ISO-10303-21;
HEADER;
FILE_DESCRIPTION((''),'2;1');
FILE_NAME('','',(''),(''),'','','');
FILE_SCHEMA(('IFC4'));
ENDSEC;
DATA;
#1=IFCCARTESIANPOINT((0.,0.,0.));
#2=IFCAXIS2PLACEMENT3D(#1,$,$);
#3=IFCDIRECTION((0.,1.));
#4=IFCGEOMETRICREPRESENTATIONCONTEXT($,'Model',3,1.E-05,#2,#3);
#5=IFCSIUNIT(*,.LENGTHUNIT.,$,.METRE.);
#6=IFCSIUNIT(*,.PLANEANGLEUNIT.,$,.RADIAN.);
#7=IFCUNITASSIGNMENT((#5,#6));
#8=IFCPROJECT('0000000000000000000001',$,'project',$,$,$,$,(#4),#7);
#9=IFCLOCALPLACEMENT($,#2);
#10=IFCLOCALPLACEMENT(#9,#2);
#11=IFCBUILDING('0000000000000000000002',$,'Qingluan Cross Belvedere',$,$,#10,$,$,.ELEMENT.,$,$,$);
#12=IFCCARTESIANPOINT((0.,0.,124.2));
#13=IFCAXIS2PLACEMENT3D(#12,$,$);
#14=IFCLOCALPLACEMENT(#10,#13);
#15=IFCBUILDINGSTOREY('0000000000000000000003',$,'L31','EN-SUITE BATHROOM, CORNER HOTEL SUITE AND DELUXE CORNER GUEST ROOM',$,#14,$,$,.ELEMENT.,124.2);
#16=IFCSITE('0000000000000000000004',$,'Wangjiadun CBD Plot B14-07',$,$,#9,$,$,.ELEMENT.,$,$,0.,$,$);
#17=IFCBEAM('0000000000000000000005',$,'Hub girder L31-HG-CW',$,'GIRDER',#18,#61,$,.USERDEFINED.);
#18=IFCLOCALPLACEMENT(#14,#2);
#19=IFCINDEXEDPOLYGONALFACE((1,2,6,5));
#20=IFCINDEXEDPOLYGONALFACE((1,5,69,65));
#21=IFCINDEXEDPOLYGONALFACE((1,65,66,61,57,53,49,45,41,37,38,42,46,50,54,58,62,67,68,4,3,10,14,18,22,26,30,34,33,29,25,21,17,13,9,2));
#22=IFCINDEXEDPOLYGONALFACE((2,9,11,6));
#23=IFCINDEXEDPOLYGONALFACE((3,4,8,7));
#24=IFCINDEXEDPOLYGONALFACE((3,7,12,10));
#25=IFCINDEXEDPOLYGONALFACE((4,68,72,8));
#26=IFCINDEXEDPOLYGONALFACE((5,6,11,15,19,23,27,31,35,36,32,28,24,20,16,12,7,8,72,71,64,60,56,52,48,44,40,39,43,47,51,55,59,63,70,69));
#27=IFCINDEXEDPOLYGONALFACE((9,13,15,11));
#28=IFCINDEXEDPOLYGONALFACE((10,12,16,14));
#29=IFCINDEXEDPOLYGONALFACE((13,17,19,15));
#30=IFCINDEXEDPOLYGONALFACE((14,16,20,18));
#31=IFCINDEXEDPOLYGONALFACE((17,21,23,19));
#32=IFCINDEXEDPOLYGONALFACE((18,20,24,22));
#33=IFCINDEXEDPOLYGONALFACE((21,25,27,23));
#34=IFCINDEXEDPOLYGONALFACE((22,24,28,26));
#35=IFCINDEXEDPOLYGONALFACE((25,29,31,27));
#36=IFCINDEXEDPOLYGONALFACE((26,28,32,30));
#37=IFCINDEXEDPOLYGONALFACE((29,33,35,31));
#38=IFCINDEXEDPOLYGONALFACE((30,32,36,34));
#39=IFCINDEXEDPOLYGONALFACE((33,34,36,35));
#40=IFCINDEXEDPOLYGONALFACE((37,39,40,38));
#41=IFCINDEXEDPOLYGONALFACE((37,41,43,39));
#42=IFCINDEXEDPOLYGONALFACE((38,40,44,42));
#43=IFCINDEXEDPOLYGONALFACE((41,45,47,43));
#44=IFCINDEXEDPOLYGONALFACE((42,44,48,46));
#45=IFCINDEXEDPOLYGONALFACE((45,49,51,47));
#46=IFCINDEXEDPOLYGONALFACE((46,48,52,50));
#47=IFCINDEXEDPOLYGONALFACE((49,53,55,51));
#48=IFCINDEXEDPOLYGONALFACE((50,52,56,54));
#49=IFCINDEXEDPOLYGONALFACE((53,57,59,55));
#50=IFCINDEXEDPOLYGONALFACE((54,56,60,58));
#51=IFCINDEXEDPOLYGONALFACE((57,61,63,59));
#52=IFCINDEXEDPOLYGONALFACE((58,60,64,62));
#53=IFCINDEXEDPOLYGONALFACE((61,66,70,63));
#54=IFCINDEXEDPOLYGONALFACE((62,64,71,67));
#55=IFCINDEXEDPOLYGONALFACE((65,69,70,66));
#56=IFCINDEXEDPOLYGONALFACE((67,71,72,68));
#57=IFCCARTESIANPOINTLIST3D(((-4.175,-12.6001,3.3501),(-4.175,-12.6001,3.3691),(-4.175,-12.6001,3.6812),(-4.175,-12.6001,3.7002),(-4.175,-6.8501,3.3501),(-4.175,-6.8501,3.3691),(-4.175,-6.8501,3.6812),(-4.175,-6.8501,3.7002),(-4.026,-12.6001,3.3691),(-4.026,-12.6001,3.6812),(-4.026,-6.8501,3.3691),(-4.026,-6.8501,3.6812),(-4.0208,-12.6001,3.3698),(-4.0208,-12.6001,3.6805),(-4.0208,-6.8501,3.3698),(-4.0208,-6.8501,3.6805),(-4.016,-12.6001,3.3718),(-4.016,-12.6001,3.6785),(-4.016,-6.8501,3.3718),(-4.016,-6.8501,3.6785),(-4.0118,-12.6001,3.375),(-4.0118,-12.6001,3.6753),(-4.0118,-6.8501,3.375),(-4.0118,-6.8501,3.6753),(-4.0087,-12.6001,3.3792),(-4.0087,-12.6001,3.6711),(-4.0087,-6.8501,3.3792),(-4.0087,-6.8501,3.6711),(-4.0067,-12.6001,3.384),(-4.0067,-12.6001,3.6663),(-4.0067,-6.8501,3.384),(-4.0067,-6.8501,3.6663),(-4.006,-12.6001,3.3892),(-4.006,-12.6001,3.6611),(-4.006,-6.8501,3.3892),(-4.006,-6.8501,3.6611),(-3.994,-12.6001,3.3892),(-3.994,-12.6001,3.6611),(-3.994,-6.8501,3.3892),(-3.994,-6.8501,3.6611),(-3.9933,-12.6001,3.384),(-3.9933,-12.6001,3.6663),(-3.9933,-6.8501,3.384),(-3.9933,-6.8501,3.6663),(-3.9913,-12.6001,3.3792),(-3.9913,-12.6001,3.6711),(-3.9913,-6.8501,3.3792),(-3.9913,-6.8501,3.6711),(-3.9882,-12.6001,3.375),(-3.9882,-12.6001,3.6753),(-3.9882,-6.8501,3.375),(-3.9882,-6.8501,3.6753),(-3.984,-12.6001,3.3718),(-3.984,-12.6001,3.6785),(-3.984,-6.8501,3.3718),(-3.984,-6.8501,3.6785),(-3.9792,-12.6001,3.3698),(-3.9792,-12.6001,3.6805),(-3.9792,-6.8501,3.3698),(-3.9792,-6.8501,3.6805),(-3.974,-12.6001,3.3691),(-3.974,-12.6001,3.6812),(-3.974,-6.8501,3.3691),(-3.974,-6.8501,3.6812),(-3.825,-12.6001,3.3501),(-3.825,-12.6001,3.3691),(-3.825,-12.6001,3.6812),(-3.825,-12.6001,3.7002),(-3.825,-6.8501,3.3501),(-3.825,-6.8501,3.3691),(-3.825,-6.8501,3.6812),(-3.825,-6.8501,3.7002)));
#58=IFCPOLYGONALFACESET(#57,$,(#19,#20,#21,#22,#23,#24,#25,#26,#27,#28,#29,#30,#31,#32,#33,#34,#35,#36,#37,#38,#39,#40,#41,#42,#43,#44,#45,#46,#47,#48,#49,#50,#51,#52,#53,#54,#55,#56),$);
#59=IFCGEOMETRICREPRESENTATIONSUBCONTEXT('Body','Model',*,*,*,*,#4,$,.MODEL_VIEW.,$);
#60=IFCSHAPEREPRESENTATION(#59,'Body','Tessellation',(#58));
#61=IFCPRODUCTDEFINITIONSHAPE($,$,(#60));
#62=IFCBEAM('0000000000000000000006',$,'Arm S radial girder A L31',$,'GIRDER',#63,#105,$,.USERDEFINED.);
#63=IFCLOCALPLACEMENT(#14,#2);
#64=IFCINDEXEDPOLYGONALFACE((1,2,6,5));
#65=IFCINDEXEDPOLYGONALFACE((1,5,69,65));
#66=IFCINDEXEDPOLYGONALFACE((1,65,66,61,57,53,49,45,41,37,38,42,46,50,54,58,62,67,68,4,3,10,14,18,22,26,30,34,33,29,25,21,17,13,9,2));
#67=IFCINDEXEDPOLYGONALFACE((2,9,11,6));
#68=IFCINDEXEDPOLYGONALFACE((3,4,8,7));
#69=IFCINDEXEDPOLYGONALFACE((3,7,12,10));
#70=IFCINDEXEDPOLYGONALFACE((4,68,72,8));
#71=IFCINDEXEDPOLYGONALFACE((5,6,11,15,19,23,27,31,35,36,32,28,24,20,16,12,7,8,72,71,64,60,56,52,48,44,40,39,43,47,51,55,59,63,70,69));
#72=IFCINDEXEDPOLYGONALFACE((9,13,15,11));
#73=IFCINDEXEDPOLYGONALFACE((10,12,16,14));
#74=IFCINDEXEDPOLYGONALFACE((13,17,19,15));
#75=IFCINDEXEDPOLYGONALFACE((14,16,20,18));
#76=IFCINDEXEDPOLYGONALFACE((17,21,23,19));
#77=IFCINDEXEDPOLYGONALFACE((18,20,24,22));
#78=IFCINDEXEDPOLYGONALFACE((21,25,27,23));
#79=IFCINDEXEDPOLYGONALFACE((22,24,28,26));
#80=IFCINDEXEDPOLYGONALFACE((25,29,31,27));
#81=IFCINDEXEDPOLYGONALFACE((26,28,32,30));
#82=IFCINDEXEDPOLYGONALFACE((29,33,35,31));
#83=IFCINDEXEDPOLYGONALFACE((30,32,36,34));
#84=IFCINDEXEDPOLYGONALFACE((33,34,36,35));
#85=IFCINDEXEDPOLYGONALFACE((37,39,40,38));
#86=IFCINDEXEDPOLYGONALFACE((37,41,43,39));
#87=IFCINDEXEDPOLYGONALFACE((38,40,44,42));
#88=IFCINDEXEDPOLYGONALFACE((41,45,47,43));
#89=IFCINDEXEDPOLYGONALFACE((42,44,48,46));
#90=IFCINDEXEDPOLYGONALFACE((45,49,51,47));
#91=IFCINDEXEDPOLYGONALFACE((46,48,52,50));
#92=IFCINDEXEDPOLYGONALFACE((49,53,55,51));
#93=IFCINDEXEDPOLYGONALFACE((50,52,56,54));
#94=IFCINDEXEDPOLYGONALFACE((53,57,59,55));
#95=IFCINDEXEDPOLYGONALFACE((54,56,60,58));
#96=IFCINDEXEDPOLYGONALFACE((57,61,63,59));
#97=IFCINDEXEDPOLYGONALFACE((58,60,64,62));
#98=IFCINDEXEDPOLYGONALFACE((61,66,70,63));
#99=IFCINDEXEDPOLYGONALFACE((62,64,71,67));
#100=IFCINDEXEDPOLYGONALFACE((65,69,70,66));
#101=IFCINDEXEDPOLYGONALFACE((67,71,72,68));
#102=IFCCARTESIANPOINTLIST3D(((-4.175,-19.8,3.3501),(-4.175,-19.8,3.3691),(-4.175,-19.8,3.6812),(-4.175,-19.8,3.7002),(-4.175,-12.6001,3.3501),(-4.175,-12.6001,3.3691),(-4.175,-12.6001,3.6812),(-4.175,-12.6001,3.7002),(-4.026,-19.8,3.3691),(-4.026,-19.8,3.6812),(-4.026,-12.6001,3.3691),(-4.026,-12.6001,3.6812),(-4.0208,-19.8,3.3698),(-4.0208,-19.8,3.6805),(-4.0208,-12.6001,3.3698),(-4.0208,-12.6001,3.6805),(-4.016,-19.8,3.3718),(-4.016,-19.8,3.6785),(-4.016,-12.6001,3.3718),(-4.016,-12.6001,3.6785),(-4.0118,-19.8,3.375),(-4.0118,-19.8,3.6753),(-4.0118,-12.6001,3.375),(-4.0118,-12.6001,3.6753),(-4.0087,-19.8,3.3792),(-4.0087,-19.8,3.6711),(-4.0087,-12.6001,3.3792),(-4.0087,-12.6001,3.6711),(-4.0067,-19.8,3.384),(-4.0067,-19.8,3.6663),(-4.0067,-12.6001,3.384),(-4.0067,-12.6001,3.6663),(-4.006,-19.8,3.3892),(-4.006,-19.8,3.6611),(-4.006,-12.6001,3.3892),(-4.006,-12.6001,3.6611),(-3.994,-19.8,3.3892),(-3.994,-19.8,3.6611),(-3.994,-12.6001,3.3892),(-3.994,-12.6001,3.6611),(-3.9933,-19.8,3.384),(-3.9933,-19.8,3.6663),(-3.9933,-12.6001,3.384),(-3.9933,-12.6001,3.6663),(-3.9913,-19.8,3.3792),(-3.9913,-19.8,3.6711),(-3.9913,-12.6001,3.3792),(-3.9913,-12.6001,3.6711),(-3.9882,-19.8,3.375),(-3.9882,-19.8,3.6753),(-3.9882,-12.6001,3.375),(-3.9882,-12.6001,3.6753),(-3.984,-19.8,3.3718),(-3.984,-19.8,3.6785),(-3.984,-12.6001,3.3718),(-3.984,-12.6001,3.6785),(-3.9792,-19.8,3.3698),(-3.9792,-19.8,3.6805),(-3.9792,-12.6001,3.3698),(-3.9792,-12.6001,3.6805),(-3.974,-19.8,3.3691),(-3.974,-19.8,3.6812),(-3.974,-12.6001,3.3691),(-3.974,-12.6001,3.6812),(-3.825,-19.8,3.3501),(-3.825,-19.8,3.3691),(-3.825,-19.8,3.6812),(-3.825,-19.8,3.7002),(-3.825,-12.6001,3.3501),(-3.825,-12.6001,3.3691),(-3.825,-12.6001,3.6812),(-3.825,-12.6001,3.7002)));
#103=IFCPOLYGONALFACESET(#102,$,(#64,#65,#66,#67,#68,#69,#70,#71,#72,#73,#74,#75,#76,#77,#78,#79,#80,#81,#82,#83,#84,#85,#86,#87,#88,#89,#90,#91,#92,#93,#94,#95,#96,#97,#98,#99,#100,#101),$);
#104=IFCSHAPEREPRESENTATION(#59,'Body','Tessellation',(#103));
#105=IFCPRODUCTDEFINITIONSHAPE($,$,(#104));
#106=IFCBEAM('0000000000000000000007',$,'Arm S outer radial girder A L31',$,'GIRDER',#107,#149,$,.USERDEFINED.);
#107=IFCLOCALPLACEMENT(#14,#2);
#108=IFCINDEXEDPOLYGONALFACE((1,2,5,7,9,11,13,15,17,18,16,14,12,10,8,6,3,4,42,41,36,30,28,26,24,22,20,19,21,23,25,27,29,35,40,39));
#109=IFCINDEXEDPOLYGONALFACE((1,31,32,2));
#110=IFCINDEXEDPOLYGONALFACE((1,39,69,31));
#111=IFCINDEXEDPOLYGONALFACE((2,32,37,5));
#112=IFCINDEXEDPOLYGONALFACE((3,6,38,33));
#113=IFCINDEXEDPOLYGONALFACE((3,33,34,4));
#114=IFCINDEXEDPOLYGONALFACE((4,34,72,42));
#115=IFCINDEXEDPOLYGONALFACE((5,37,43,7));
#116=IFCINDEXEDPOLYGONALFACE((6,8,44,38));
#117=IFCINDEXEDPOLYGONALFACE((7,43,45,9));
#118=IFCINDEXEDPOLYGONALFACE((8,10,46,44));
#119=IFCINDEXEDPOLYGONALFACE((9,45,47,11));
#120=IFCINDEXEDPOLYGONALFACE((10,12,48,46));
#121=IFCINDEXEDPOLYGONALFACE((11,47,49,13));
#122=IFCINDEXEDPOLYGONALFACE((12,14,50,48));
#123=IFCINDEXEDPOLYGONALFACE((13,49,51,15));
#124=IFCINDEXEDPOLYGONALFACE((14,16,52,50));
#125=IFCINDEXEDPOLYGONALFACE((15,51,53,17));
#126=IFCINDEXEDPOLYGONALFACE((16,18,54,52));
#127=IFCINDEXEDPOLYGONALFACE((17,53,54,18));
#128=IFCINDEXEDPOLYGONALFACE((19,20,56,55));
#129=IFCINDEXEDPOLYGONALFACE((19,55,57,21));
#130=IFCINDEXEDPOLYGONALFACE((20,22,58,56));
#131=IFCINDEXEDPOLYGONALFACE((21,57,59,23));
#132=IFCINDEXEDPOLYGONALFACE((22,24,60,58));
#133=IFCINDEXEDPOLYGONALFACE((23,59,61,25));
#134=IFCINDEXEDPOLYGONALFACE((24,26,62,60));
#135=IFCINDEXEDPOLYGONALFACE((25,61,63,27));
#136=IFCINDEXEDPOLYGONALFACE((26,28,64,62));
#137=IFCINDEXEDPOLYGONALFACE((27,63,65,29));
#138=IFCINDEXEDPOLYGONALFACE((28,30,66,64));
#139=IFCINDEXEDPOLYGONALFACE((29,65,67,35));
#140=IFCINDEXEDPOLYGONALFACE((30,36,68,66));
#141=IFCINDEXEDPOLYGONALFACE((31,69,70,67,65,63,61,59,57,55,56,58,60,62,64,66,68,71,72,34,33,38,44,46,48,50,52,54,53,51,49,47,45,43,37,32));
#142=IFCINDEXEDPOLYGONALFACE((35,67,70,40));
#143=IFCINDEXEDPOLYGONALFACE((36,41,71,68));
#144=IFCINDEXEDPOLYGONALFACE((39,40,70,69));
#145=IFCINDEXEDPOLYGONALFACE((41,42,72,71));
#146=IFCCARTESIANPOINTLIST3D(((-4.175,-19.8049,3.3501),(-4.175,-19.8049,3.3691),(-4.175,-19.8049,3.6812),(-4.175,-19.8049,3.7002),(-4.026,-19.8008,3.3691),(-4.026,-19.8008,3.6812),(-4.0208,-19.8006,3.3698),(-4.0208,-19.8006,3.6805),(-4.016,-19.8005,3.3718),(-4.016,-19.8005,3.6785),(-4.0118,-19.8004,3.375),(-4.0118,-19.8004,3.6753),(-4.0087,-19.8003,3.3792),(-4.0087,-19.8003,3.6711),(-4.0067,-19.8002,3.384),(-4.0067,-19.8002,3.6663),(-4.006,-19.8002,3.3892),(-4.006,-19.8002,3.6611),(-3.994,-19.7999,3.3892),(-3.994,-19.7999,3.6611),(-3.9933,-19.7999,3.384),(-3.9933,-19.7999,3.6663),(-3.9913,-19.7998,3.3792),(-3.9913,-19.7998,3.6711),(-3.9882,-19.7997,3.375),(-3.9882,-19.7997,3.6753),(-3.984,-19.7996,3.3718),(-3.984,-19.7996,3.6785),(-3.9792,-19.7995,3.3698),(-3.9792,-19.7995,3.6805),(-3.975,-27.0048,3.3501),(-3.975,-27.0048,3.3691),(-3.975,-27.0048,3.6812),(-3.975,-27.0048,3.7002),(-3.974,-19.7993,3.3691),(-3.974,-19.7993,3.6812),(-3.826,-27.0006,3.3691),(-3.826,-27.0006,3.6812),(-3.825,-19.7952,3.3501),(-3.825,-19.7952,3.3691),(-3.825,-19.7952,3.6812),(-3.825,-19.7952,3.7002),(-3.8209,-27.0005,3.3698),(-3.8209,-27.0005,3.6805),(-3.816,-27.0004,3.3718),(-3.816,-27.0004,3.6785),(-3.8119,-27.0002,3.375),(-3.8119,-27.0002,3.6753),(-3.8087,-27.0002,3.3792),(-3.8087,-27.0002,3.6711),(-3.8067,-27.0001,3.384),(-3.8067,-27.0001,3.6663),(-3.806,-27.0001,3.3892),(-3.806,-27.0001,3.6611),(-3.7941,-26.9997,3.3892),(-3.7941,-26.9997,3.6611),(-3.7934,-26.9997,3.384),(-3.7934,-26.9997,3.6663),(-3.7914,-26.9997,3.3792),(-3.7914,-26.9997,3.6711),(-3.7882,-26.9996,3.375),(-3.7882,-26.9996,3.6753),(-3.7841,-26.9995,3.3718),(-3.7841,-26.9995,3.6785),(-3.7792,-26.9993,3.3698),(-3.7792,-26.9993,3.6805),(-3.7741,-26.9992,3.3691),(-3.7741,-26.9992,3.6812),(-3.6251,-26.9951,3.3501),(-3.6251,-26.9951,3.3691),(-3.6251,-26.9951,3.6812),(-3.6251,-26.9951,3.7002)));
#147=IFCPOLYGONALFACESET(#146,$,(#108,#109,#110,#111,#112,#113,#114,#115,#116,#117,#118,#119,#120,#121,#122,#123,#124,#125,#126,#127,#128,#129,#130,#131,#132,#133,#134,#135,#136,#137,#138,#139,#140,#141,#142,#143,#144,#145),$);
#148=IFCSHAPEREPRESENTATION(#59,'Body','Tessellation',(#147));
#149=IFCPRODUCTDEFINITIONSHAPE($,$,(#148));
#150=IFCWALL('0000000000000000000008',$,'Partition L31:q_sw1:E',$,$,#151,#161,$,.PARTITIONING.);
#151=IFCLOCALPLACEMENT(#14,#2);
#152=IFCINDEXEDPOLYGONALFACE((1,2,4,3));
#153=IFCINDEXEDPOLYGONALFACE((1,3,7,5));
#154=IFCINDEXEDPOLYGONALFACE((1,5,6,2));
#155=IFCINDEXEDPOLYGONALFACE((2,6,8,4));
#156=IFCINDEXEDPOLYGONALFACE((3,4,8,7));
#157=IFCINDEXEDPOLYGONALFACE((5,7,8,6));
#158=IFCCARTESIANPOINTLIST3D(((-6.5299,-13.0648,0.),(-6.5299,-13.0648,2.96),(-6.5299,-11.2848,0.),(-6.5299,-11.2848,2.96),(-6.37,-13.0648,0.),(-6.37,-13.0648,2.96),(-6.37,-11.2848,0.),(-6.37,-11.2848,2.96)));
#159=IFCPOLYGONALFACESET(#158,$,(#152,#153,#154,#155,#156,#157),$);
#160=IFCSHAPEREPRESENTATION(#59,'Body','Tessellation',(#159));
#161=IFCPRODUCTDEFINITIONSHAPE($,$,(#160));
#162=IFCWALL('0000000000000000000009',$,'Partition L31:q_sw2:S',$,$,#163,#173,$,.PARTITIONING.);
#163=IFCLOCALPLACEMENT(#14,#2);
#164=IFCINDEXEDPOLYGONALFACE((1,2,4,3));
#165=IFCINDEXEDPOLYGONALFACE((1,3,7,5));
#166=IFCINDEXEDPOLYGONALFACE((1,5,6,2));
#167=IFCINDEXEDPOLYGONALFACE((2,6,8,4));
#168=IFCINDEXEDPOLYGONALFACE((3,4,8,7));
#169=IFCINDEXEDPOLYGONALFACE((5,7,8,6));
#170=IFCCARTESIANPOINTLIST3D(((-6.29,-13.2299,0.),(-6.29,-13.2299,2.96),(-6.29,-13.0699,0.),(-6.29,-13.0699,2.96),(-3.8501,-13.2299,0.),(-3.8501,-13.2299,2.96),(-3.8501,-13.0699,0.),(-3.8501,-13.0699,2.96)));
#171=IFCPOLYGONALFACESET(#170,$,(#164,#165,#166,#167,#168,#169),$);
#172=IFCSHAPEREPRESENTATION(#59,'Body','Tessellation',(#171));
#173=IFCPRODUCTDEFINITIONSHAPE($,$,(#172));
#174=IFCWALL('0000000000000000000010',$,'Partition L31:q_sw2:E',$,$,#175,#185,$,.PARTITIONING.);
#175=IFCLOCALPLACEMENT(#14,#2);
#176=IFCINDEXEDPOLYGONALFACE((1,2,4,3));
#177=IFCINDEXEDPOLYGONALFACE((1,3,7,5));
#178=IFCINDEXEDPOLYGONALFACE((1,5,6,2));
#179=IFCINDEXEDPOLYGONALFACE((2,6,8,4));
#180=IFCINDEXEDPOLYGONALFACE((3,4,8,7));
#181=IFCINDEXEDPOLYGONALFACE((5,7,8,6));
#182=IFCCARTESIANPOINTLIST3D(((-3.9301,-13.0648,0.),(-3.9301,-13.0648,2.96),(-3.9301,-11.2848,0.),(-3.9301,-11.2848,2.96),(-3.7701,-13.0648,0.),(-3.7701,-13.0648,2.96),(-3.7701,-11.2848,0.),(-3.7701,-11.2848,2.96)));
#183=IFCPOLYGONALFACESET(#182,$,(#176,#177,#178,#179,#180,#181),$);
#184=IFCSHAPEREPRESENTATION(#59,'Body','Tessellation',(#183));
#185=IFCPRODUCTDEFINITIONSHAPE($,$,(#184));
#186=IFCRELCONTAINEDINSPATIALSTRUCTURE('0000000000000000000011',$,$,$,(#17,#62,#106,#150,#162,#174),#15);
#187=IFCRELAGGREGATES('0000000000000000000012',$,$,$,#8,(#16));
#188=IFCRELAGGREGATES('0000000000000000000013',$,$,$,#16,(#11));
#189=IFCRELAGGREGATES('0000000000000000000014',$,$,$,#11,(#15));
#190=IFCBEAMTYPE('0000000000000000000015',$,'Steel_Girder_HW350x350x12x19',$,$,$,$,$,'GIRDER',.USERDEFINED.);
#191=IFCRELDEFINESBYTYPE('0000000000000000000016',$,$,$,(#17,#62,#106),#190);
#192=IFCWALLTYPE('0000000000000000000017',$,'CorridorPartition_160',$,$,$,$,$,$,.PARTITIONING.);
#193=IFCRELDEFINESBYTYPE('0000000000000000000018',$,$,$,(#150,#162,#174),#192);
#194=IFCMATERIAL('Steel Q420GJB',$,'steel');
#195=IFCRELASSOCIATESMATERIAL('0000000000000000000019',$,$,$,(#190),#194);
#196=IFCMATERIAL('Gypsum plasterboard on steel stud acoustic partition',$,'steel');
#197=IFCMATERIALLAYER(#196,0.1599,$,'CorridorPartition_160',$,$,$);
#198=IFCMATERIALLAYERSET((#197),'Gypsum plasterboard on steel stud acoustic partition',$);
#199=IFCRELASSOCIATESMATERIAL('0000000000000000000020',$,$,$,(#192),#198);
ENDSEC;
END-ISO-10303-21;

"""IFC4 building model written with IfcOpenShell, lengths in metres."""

from ifc_helpers import new_model, si_unit, direction, frame, frame_2d, origin, origin_2d, place, context, subcontext, project, spatial, rectangle, i_section, extrude, material, layer, layer_set, material_profile, profile_set, type_object, element, save


model = new_model("IFC4")

# Units and contexts
model_context = context("Model", 3, precision=1e-05, world=origin(), true_north=direction((0.0, 1.0)))
body_context = subcontext(model_context, "Body", "Model", "MODEL_VIEW")
ifc_project = project(units=[si_unit("LENGTHUNIT", "METRE"), si_unit("PLANEANGLEUNIT", "RADIAN")], contexts=[model_context])

# Site, building, storey
site_placement = place(None, origin())
site = spatial("IfcSite", under=ifc_project, at=site_placement, Name="Wangjiadun CBD Plot B14-07", CompositionType="ELEMENT", RefElevation=0.0)
building_placement = place(site_placement, origin())
building = spatial("IfcBuilding", under=site, at=building_placement, Name="Qingluan Cross Belvedere", CompositionType="ELEMENT")
storey_placement = place(building_placement, frame((0.0, 0.0, 124.2)))
storey = spatial("IfcBuildingStorey", under=building, at=storey_placement, Name="L31", Description="EN-SUITE BATHROOM, CORNER HOTEL SUITE AND DELUXE CORNER GUEST ROOM", CompositionType="ELEMENT", Elevation=124.2)

# Beams
ifc_material_1 = material(Name="Steel Q420GJB", Category="steel")
ifc_material_profile_1 = material_profile(ifc_material_1, i_section(OverallWidth=0.3501, OverallDepth=0.3501, WebThickness=0.012, FlangeThickness=0.019, FilletRadius=0.02, at=origin_2d()), Name="HW350x350x12x19")
ifc_profile_set_1 = profile_set([ifc_material_profile_1], Name="Steel Q420GJB")
beam_type_1 = type_object("IfcBeamType", Name="Steel_Girder_HW350x350x12x19", ElementType="GIRDER", PredefinedType="USERDEFINED", material=ifc_profile_set_1)
beam_1_placement = place(storey_placement, frame((-4.0, -12.6001, 3.5251), z_axis=(0.0, 1.0, 0.0), x_axis=(-1.0, 0.0, 0.0)))
element("IfcBeam", 1, at=beam_1_placement, inside=storey, type_object=beam_type_1, Name="Hub girder L31-HG-CW", ObjectType="GIRDER", PredefinedType="USERDEFINED", context=body_context, shape_type="SweptSolid", body=[
    extrude(i_section(OverallWidth=0.3501, OverallDepth=0.3501, WebThickness=0.012, FlangeThickness=0.019, FilletRadius=0.02, at=origin_2d()), origin(), (0.0, 0.0, 1.0), 5.75),
])
beam_2_placement = place(storey_placement, frame((-4.0, -12.6001, 3.5251), z_axis=(0.0, -1.0, 0.0), x_axis=(1.0, 0.0, 0.0)))
element("IfcBeam", 2, at=beam_2_placement, inside=storey, type_object=beam_type_1, Name="Arm S radial girder A L31", ObjectType="GIRDER", PredefinedType="USERDEFINED", context=body_context, shape_type="SweptSolid", body=[
    extrude(i_section(OverallWidth=0.3501, OverallDepth=0.3501, WebThickness=0.012, FlangeThickness=0.019, FilletRadius=0.02, at=origin_2d()), origin(), (0.0, 0.0, 1.0), 7.2),
])
beam_3_placement = place(storey_placement, frame((-4.0, -19.8, 3.5251), z_axis=(0.02776, -0.999615, 0.0), x_axis=(0.999615, 0.02776, 0.0)))
element("IfcBeam", 3, at=beam_3_placement, inside=storey, type_object=beam_type_1, Name="Arm S outer radial girder A L31", ObjectType="GIRDER", PredefinedType="USERDEFINED", context=body_context, shape_type="SweptSolid", body=[
    extrude(i_section(OverallWidth=0.3501, OverallDepth=0.3501, WebThickness=0.012, FlangeThickness=0.019, FilletRadius=0.02, at=origin_2d()), origin(), (0.0, 0.0, 1.0), 7.2026),
])

# Walls
ifc_material_2 = material(Name="Gypsum plasterboard on steel stud acoustic partition", Category="steel")
ifc_layer_1 = layer(ifc_material_2, 0.1599, Name="CorridorPartition_160")
ifc_layer_set_1 = layer_set([ifc_layer_1], Name="Gypsum plasterboard on steel stud acoustic partition")
wall_type_1 = type_object("IfcWallType", Name="CorridorPartition_160", PredefinedType="PARTITIONING", material=ifc_layer_set_1)
wall_1_placement = place(storey_placement, frame((-6.45, -13.0649, 0.0), z_axis=(0.0, 0.0, 1.0), x_axis=(0.0, 1.0, 0.0)))
element("IfcWall", 4, at=wall_1_placement, inside=storey, type_object=wall_type_1, Name="Partition L31:q_sw1:E", PredefinedType="PARTITIONING", context=body_context, shape_type="SweptSolid", body=[
    extrude(rectangle(XDim=1.78, YDim=0.1599, at=frame_2d((0.8901, 0.0))), origin(), (0.0, 0.0, 1.0), 2.96),
])
wall_2_placement = place(storey_placement, frame((-6.29, -13.1499, 0.0), z_axis=(0.0, 0.0, 1.0), x_axis=(1.0, 0.0, 0.0)))
element("IfcWall", 5, at=wall_2_placement, inside=storey, type_object=wall_type_1, Name="Partition L31:q_sw2:S", PredefinedType="PARTITIONING", context=body_context, shape_type="SweptSolid", body=[
    extrude(rectangle(XDim=2.4399, YDim=0.1599, at=frame_2d((1.22, 0.0))), origin(), (0.0, 0.0, 1.0), 2.96),
])

# Wall
wall_3_placement = place(storey_placement, frame((-3.8501, -13.0649, 0.0), z_axis=(0.0, 0.0, 1.0), x_axis=(0.0, 1.0, 0.0)))
element("IfcWall", 6, at=wall_3_placement, inside=storey, type_object=wall_type_1, Name="Partition L31:q_sw2:E", PredefinedType="PARTITIONING", context=body_context, shape_type="SweptSolid", body=[
    extrude(rectangle(XDim=1.78, YDim=0.1599, at=frame_2d((0.8901, 0.0))), origin(), (0.0, 0.0, 1.0), 2.96),
])

save(model, "model.ifc")
